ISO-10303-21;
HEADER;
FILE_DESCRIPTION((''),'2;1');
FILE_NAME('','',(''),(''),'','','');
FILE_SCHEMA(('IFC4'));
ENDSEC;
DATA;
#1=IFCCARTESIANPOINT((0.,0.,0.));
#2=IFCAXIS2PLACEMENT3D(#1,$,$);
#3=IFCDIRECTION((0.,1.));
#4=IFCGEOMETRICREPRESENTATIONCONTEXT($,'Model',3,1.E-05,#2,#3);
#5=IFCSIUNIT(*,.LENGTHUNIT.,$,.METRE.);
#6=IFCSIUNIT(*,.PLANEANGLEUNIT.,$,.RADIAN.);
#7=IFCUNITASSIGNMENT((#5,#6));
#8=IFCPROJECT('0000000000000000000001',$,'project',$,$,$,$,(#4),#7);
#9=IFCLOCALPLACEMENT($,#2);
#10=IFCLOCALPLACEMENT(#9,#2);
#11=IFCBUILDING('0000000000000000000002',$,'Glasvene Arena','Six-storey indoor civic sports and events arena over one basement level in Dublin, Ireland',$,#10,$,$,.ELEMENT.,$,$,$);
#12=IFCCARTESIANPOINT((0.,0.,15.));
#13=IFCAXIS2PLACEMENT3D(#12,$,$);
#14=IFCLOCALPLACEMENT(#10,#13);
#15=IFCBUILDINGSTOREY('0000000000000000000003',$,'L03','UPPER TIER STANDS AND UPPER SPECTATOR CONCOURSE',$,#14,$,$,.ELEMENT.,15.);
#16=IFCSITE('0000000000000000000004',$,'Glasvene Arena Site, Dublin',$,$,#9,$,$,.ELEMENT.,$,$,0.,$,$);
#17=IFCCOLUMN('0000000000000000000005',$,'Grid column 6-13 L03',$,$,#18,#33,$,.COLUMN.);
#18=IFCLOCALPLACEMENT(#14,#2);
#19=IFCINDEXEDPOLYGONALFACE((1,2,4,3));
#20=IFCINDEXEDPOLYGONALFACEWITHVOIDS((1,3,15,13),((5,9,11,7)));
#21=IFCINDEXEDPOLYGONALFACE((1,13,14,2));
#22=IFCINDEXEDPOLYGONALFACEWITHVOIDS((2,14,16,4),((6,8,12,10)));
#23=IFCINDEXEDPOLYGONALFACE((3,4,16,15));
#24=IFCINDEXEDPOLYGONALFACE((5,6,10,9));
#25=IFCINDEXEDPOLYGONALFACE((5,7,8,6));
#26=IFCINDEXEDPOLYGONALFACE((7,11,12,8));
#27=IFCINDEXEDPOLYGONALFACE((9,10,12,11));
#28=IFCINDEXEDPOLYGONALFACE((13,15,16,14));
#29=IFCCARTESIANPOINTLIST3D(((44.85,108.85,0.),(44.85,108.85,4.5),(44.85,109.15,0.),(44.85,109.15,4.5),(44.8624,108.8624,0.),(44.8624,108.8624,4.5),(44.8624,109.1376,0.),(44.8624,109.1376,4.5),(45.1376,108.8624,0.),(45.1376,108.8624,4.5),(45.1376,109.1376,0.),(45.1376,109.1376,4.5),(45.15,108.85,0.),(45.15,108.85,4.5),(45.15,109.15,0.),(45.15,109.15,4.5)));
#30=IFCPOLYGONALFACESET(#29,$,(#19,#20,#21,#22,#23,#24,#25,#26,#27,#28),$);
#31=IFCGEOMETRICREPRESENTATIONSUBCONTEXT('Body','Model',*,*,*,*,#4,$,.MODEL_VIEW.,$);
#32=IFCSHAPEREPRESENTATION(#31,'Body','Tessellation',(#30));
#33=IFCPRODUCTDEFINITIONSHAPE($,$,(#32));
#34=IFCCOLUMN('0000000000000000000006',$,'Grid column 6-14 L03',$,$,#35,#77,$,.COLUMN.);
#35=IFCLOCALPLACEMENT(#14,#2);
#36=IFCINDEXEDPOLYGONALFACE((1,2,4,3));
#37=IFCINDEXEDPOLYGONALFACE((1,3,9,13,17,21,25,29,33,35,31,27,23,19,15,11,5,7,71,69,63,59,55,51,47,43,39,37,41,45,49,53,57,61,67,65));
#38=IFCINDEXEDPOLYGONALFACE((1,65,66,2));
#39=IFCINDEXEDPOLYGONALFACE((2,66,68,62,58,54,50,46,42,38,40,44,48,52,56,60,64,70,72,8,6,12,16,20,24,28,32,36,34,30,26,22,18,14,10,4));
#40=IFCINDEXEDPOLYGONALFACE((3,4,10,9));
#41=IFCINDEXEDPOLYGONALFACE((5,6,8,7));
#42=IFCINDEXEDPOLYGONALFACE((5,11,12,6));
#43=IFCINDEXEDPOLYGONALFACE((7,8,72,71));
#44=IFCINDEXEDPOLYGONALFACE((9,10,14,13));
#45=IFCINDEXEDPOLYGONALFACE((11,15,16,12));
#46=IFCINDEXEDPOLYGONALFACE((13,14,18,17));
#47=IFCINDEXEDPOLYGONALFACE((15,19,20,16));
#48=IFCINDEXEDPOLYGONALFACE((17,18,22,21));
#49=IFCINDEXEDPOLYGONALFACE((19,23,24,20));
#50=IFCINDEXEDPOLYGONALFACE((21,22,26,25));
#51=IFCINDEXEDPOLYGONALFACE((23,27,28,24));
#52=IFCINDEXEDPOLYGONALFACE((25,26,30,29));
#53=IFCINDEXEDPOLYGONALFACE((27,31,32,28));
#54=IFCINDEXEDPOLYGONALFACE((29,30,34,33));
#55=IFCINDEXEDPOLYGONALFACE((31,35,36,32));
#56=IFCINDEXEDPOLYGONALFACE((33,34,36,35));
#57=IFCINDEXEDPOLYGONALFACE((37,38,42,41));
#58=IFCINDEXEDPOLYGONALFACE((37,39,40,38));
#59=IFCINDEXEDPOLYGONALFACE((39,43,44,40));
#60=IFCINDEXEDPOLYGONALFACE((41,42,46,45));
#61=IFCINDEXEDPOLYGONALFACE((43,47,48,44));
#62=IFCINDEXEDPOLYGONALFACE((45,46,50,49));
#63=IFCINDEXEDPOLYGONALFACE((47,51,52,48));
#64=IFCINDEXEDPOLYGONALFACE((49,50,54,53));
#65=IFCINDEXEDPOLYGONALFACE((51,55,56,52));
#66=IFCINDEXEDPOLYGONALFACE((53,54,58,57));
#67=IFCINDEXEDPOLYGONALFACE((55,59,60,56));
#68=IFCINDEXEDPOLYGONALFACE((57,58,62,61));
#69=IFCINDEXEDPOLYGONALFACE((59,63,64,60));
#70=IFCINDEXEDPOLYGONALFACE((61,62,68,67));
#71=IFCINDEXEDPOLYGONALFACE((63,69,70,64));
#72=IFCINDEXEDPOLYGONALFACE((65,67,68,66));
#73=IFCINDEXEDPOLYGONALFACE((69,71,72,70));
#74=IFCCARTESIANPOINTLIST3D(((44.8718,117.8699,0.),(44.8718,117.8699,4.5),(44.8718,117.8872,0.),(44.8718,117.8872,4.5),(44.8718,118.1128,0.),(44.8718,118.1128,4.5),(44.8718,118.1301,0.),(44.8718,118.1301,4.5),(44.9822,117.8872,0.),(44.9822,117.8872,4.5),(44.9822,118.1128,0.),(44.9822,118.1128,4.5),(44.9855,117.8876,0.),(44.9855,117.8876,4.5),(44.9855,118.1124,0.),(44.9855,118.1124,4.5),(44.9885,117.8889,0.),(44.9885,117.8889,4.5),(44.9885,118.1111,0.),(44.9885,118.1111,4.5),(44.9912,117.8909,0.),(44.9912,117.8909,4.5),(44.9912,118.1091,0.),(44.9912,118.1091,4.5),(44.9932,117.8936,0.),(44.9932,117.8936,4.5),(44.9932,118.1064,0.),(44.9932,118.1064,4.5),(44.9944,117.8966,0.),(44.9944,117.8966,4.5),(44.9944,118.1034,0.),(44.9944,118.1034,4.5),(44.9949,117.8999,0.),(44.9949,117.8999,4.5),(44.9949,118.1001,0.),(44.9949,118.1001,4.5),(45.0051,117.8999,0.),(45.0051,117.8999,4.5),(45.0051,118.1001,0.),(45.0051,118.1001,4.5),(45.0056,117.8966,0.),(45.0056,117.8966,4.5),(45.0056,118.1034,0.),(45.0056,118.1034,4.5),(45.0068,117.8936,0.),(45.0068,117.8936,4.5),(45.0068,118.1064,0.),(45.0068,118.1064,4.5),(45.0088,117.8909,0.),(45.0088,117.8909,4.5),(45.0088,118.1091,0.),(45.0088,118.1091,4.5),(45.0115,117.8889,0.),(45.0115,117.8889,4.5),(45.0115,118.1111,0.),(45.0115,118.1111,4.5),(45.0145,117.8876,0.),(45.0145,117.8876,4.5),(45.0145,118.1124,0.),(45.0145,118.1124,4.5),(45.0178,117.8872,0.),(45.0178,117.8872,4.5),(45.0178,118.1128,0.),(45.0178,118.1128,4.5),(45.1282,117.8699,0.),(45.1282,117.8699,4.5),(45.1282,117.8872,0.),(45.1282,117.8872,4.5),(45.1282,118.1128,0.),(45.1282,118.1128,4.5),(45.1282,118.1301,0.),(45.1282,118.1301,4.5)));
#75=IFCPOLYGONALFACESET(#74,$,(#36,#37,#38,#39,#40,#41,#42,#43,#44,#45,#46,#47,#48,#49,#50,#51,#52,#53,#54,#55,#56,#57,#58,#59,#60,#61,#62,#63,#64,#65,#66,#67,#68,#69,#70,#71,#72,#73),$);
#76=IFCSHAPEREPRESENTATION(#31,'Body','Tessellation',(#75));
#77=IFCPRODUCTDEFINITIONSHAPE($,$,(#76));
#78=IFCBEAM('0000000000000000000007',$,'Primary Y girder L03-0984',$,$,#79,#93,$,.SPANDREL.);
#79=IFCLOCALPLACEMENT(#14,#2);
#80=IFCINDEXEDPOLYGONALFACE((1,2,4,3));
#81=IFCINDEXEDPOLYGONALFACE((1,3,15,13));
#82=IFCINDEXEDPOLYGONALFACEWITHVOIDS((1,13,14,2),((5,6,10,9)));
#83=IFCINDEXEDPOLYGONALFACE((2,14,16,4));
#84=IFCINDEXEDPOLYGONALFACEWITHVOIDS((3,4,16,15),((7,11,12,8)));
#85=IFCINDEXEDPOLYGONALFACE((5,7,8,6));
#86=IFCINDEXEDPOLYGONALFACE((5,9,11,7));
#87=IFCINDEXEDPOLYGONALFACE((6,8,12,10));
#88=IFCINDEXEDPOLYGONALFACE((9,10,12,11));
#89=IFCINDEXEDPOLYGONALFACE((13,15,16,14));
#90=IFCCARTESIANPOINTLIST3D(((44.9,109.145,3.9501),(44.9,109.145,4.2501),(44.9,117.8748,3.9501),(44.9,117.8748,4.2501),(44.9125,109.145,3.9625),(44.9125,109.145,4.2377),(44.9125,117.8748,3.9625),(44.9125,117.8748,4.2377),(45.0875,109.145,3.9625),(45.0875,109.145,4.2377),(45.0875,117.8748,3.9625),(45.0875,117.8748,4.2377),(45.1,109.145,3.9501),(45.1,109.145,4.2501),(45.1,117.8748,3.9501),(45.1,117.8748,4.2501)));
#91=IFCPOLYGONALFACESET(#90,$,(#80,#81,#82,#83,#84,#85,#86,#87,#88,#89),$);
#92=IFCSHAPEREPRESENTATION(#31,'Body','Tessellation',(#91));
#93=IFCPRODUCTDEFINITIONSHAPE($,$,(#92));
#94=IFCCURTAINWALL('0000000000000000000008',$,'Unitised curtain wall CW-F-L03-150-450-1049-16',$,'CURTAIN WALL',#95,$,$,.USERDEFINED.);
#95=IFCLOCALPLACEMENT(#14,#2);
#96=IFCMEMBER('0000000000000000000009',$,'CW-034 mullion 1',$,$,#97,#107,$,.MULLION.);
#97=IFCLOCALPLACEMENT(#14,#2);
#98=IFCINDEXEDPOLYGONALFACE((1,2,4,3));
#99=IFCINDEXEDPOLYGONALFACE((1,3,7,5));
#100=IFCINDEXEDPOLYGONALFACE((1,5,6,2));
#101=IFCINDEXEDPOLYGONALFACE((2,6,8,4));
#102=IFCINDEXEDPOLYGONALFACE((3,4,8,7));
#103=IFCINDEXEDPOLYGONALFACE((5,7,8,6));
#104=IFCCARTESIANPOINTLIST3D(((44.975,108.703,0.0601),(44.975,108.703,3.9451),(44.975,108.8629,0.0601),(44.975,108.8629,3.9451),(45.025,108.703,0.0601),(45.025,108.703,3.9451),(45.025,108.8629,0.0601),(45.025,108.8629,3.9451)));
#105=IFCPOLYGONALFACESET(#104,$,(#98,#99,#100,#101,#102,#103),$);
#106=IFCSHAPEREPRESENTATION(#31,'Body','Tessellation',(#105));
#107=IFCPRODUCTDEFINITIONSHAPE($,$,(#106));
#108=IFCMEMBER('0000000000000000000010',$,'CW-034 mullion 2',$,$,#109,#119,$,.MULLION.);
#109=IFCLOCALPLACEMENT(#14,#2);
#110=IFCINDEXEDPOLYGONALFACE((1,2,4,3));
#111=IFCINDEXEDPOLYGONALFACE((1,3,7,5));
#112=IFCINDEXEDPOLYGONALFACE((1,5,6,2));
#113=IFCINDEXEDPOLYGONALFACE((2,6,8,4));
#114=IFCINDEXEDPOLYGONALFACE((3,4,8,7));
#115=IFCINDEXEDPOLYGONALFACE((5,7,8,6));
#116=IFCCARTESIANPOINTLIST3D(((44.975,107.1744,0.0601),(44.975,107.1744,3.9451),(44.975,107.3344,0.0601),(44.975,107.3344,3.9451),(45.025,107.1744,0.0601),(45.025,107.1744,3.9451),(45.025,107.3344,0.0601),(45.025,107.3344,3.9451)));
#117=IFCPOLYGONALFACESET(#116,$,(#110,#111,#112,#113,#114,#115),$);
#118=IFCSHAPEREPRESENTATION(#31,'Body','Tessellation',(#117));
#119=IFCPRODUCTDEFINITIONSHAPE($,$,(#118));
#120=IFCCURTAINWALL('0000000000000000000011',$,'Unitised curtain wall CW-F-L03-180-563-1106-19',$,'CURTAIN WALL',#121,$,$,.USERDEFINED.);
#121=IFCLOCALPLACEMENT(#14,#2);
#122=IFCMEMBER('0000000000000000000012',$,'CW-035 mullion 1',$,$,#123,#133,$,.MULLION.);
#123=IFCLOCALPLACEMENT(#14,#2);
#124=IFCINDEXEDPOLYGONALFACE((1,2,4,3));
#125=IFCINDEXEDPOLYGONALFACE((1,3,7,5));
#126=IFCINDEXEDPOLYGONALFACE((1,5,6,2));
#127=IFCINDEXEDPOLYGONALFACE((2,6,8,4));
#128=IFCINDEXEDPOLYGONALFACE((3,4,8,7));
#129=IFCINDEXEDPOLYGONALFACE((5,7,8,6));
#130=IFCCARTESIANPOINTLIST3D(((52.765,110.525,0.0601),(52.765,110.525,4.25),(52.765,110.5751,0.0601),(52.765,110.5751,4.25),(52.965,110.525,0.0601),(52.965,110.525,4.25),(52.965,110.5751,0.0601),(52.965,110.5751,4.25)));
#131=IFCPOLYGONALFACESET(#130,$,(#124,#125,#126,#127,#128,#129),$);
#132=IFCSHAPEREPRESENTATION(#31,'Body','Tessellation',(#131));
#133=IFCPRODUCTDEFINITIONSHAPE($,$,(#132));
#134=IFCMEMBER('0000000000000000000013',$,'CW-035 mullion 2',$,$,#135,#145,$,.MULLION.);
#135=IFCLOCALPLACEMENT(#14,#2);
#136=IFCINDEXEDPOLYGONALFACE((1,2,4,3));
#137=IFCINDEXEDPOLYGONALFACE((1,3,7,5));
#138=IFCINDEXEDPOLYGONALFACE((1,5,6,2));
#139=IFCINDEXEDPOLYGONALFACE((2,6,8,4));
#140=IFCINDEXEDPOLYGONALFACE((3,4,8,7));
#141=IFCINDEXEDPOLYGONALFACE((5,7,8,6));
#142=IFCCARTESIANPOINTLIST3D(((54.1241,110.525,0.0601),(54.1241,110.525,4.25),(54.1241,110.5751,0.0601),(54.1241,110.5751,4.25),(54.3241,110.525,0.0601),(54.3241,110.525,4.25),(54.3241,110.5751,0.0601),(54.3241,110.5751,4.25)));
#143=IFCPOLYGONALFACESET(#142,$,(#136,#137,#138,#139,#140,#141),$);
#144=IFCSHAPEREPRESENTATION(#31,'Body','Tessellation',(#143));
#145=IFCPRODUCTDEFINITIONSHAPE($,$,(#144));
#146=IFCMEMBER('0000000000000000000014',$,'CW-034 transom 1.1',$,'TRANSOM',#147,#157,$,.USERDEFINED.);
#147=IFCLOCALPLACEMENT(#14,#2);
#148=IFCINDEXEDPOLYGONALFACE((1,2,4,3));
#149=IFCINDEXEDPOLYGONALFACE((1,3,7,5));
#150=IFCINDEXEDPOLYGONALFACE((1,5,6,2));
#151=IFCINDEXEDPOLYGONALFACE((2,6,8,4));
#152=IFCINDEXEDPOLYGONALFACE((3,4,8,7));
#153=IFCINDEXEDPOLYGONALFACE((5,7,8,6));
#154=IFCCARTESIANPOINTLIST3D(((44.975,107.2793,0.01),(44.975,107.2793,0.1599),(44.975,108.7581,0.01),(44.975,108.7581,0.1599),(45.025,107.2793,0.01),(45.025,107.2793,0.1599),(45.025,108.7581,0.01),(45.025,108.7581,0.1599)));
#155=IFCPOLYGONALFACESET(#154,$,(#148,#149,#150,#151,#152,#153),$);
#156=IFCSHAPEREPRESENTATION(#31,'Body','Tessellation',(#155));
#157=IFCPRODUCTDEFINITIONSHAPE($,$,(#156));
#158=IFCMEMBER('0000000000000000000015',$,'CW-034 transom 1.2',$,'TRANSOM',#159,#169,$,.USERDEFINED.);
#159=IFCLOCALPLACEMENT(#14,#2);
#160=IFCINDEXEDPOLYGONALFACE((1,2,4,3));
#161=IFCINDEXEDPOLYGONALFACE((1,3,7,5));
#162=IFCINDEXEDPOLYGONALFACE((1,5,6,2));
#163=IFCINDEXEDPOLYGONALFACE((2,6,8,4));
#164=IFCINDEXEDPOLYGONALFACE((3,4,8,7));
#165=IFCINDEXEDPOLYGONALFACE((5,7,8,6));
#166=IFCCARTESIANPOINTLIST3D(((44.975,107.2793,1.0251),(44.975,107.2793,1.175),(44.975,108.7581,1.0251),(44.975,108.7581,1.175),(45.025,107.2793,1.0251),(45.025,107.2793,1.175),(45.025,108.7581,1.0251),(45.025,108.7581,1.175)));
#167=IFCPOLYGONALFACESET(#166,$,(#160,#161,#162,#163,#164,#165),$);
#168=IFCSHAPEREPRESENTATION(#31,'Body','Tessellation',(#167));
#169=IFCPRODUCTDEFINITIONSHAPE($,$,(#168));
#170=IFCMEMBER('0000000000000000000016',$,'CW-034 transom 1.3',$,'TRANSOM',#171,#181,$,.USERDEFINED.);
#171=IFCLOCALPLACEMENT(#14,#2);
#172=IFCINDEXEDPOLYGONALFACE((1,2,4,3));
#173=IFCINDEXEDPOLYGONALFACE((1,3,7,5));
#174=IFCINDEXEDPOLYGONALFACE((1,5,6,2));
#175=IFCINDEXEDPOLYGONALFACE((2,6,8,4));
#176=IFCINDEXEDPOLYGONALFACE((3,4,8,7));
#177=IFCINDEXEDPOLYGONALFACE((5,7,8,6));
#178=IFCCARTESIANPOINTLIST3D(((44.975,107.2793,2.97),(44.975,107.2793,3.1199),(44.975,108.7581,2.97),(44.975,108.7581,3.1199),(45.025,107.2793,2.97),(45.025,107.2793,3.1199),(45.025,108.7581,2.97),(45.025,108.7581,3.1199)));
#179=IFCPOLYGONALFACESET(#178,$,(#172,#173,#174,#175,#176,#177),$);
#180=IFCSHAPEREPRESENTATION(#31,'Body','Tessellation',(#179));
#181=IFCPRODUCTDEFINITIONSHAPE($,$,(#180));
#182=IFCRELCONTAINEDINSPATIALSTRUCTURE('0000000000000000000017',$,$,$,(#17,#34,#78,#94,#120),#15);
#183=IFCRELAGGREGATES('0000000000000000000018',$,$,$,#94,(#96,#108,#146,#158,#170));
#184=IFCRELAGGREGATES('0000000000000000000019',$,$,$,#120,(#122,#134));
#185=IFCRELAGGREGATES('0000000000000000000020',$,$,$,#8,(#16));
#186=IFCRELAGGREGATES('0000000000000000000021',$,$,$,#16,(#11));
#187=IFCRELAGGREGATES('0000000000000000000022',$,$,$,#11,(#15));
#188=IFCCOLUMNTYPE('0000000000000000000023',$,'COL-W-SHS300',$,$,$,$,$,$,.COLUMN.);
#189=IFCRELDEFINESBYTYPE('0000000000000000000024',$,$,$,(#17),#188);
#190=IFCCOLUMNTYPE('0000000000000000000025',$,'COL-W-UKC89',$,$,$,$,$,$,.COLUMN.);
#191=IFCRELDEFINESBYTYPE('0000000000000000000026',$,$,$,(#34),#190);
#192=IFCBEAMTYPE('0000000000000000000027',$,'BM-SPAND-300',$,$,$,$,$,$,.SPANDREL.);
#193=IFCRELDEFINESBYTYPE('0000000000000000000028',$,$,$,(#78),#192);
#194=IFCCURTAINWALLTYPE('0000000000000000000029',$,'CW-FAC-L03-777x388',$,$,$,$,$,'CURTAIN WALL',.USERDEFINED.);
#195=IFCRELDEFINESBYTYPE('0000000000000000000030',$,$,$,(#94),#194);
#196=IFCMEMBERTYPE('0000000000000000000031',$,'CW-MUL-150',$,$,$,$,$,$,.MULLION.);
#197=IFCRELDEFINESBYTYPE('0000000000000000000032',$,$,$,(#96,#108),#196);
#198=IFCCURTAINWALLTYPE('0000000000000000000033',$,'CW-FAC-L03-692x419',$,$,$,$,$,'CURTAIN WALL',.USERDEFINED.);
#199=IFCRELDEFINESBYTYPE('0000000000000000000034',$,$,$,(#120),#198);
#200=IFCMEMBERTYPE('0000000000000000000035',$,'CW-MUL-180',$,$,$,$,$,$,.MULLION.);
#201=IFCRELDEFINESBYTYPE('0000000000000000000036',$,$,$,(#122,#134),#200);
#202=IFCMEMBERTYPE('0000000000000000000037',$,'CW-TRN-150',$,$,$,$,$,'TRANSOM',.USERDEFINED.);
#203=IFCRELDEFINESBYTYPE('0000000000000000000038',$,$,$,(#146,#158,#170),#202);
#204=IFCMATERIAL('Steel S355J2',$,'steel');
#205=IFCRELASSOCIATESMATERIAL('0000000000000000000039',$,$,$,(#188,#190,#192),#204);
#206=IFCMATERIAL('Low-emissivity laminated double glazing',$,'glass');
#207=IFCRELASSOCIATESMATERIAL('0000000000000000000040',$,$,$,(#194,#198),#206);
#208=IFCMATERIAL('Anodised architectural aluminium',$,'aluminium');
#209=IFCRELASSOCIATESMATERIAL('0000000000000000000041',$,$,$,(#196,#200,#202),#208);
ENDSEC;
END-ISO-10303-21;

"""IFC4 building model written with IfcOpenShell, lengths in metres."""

from ifc_helpers import new_model, si_unit, direction, frame, origin, origin_2d, place, context, subcontext, project, spatial, rectangle, hollow_rectangle, i_section, extrude, material, material_profile, profile_set, type_object, element, aggregate, save


model = new_model("IFC4")

# Units and contexts
model_context = context("Model", 3, precision=1e-05, world=origin(), true_north=direction((0.0, 1.0)))
body_context = subcontext(model_context, "Body", "Model", "MODEL_VIEW")
ifc_project = project(units=[si_unit("LENGTHUNIT", "METRE"), si_unit("PLANEANGLEUNIT", "RADIAN")], contexts=[model_context])

# Site, building, storey
site_placement = place(None, origin())
site = spatial("IfcSite", under=ifc_project, at=site_placement, Name="Glasvene Arena Site, Dublin", CompositionType="ELEMENT", RefElevation=0.0)
building_placement = place(site_placement, origin())
building = spatial("IfcBuilding", under=site, at=building_placement, Name="Glasvene Arena", Description="Six-storey indoor civic sports and events arena over one basement level in Dublin, Ireland", CompositionType="ELEMENT")
storey_placement = place(building_placement, frame((0.0, 0.0, 15.0)))
storey = spatial("IfcBuildingStorey", under=building, at=storey_placement, Name="L03", Description="UPPER TIER STANDS AND UPPER SPECTATOR CONCOURSE", CompositionType="ELEMENT", Elevation=15.0)

# Columns
ifc_material_1 = material(Name="Steel S355J2", Category="steel")
ifc_material_profile_1 = material_profile(ifc_material_1, hollow_rectangle(XDim=0.3, YDim=0.3, WallThickness=0.0125, at=origin_2d()), Name="SHS 300x300x12.5")
ifc_profile_set_1 = profile_set([ifc_material_profile_1], Name="Steel S355J2")
column_type_1 = type_object("IfcColumnType", Name="COL-W-SHS300", PredefinedType="COLUMN", material=ifc_profile_set_1)
column_1_placement = place(storey_placement, frame((45.0, 109.0, 0.0), z_axis=(0.0, 0.0, 1.0), x_axis=(1.0, 0.0, 0.0)))
element("IfcColumn", 1, at=column_1_placement, inside=storey, type_object=column_type_1, Name="Grid column 6-13 L03", PredefinedType="COLUMN", context=body_context, shape_type="SweptSolid", body=[
    extrude(hollow_rectangle(XDim=0.3, YDim=0.3, WallThickness=0.0125, at=origin_2d()), origin(), (0.0, 0.0, 1.0), 4.5),
])
ifc_material_profile_2 = material_profile(ifc_material_1, i_section(OverallWidth=0.2563, OverallDepth=0.2603, WebThickness=0.0103, FlangeThickness=0.0173, FilletRadius=0.0127, at=origin_2d()), Name="UKC 254x254x89")
ifc_profile_set_2 = profile_set([ifc_material_profile_2], Name="Steel S355J2")
column_type_2 = type_object("IfcColumnType", Name="COL-W-UKC89", PredefinedType="COLUMN", material=ifc_profile_set_2)
column_2_placement = place(storey_placement, frame((45.0, 118.0, 0.0), z_axis=(0.0, 0.0, 1.0), x_axis=(1.0, 0.0, 0.0)))
element("IfcColumn", 2, at=column_2_placement, inside=storey, type_object=column_type_2, Name="Grid column 6-14 L03", PredefinedType="COLUMN", context=body_context, shape_type="SweptSolid", body=[
    extrude(i_section(OverallWidth=0.2563, OverallDepth=0.2603, WebThickness=0.0103, FlangeThickness=0.0173, FilletRadius=0.0127, at=origin_2d()), origin(), (0.0, 0.0, 1.0), 4.5),
])

# Beam
ifc_material_profile_3 = material_profile(ifc_material_1, hollow_rectangle(XDim=0.2, YDim=0.3, WallThickness=0.0125, at=origin_2d()), Name="RHS 300x200x12.5")
ifc_profile_set_3 = profile_set([ifc_material_profile_3], Name="Steel S355J2")
beam_type = type_object("IfcBeamType", Name="BM-SPAND-300", PredefinedType="SPANDREL", material=ifc_profile_set_3)
beam_placement = place(storey_placement, frame((45.0, 109.145, 4.1001), z_axis=(0.0, 1.0, 0.0), x_axis=(-1.0, 0.0, 0.0)))
element("IfcBeam", 3, at=beam_placement, inside=storey, type_object=beam_type, Name="Primary Y girder L03-0984", PredefinedType="SPANDREL", context=body_context, shape_type="SweptSolid", body=[
    extrude(hollow_rectangle(XDim=0.2, YDim=0.3, WallThickness=0.0125, at=origin_2d()), origin(), (0.0, 0.0, 1.0), 8.7297),
])

# Curtain walls, members
ifc_material_2 = material(Name="Low-emissivity laminated double glazing", Category="glass")
curtain_wall_type_1 = type_object("IfcCurtainWallType", Name="CW-FAC-L03-777x388", ElementType="CURTAIN WALL", PredefinedType="USERDEFINED", material=ifc_material_2)
curtain_wall_1_placement = place(storey_placement, frame((45.0, 108.8081, 0.0)))
curtain_wall_1 = element("IfcCurtainWall", 4, at=curtain_wall_1_placement, inside=storey, type_object=curtain_wall_type_1, Name="Unitised curtain wall CW-F-L03-150-450-1049-16", ObjectType="CURTAIN WALL", PredefinedType="USERDEFINED")
ifc_material_3 = material(Name="Anodised architectural aluminium", Category="aluminium")
ifc_material_profile_4 = material_profile(ifc_material_3, rectangle(XDim=0.05, YDim=0.1599, at=origin_2d()), Name="ALU MULLION 50x160")
ifc_profile_set_4 = profile_set([ifc_material_profile_4], Name="Anodised architectural aluminium")
member_type_1 = type_object("IfcMemberType", Name="CW-MUL-150", PredefinedType="MULLION", material=ifc_profile_set_4)
member_1_placement = place(storey_placement, frame((45.0, 108.783, 0.0601), z_axis=(0.0, 0.0, 1.0), x_axis=(1.0, 0.0, 0.0)))
member_1 = element("IfcMember", 5, at=member_1_placement, type_object=member_type_1, Name="CW-034 mullion 1", PredefinedType="MULLION", context=body_context, shape_type="SweptSolid", body=[
    extrude(rectangle(XDim=0.05, YDim=0.1599, at=origin_2d()), origin(), (0.0, 0.0, 1.0), 3.885),
])
member_2_placement = place(storey_placement, frame((45.0, 107.2544, 0.0601), z_axis=(0.0, 0.0, 1.0), x_axis=(1.0, 0.0, 0.0)))
member_2 = element("IfcMember", 6, at=member_2_placement, type_object=member_type_1, Name="CW-034 mullion 2", PredefinedType="MULLION", context=body_context, shape_type="SweptSolid", body=[
    extrude(rectangle(XDim=0.05, YDim=0.1599, at=origin_2d()), origin(), (0.0, 0.0, 1.0), 3.885),
])
curtain_wall_type_2 = type_object("IfcCurtainWallType", Name="CW-FAC-L03-692x419", ElementType="CURTAIN WALL", PredefinedType="USERDEFINED", material=ifc_material_2)
curtain_wall_2_placement = place(storey_placement, frame((52.8401, 110.55, 0.0)))
curtain_wall_2 = element("IfcCurtainWall", 7, at=curtain_wall_2_placement, inside=storey, type_object=curtain_wall_type_2, Name="Unitised curtain wall CW-F-L03-180-563-1106-19", ObjectType="CURTAIN WALL", PredefinedType="USERDEFINED")
ifc_material_profile_5 = material_profile(ifc_material_3, rectangle(XDim=0.05, YDim=0.2, at=origin_2d()), Name="ALU MULLION 50x200")
ifc_profile_set_5 = profile_set([ifc_material_profile_5], Name="Anodised architectural aluminium")
member_type_2 = type_object("IfcMemberType", Name="CW-MUL-180", PredefinedType="MULLION", material=ifc_profile_set_5)
member_3_placement = place(storey_placement, frame((52.865, 110.55, 0.0601), z_axis=(0.0, 0.0, 1.0), x_axis=(0.0, 1.0, 0.0)))
member_3 = element("IfcMember", 8, at=member_3_placement, type_object=member_type_2, Name="CW-035 mullion 1", PredefinedType="MULLION", context=body_context, shape_type="SweptSolid", body=[
    extrude(rectangle(XDim=0.05, YDim=0.2, at=origin_2d()), origin(), (0.0, 0.0, 1.0), 4.1899),
])
member_4_placement = place(storey_placement, frame((54.2241, 110.55, 0.0601), z_axis=(0.0, 0.0, 1.0), x_axis=(0.0, 1.0, 0.0)))
member_4 = element("IfcMember", 9, at=member_4_placement, type_object=member_type_2, Name="CW-035 mullion 2", PredefinedType="MULLION", context=body_context, shape_type="SweptSolid", body=[
    extrude(rectangle(XDim=0.05, YDim=0.2, at=origin_2d()), origin(), (0.0, 0.0, 1.0), 4.1899),
])

# Members
ifc_material_profile_6 = material_profile(ifc_material_3, rectangle(XDim=0.05, YDim=0.1499, at=origin_2d()), Name="ALU TRANSOM 50x150")
ifc_profile_set_6 = profile_set([ifc_material_profile_6], Name="Anodised architectural aluminium")
member_type_3 = type_object("IfcMemberType", Name="CW-TRN-150", ElementType="TRANSOM", PredefinedType="USERDEFINED", material=ifc_profile_set_6)
member_5_placement = place(storey_placement, frame((45.0, 108.7581, 0.085), z_axis=(0.0, -1.0, 0.0), x_axis=(1.0, 0.0, 0.0)))
member_5 = element("IfcMember", 10, at=member_5_placement, type_object=member_type_3, Name="CW-034 transom 1.1", ObjectType="TRANSOM", PredefinedType="USERDEFINED", context=body_context, shape_type="SweptSolid", body=[
    extrude(rectangle(XDim=0.05, YDim=0.1499, at=origin_2d()), origin(), (0.0, 0.0, 1.0), 1.4788),
])
member_6_placement = place(storey_placement, frame((45.0, 108.7581, 1.1001), z_axis=(0.0, -1.0, 0.0), x_axis=(1.0, 0.0, 0.0)))
member_6 = element("IfcMember", 11, at=member_6_placement, type_object=member_type_3, Name="CW-034 transom 1.2", ObjectType="TRANSOM", PredefinedType="USERDEFINED", context=body_context, shape_type="SweptSolid", body=[
    extrude(rectangle(XDim=0.05, YDim=0.1499, at=origin_2d()), origin(), (0.0, 0.0, 1.0), 1.4788),
])
member_7_placement = place(storey_placement, frame((45.0, 108.7581, 3.0449), z_axis=(0.0, -1.0, 0.0), x_axis=(1.0, 0.0, 0.0)))
member_7 = element("IfcMember", 12, at=member_7_placement, type_object=member_type_3, Name="CW-034 transom 1.3", ObjectType="TRANSOM", PredefinedType="USERDEFINED", context=body_context, shape_type="SweptSolid", body=[
    extrude(rectangle(XDim=0.05, YDim=0.1499, at=origin_2d()), origin(), (0.0, 0.0, 1.0), 1.4788),
])

aggregate(curtain_wall_1, [member_1, member_2, member_5, member_6, member_7])
aggregate(curtain_wall_2, [member_3, member_4])

save(model, "model.ifc")
